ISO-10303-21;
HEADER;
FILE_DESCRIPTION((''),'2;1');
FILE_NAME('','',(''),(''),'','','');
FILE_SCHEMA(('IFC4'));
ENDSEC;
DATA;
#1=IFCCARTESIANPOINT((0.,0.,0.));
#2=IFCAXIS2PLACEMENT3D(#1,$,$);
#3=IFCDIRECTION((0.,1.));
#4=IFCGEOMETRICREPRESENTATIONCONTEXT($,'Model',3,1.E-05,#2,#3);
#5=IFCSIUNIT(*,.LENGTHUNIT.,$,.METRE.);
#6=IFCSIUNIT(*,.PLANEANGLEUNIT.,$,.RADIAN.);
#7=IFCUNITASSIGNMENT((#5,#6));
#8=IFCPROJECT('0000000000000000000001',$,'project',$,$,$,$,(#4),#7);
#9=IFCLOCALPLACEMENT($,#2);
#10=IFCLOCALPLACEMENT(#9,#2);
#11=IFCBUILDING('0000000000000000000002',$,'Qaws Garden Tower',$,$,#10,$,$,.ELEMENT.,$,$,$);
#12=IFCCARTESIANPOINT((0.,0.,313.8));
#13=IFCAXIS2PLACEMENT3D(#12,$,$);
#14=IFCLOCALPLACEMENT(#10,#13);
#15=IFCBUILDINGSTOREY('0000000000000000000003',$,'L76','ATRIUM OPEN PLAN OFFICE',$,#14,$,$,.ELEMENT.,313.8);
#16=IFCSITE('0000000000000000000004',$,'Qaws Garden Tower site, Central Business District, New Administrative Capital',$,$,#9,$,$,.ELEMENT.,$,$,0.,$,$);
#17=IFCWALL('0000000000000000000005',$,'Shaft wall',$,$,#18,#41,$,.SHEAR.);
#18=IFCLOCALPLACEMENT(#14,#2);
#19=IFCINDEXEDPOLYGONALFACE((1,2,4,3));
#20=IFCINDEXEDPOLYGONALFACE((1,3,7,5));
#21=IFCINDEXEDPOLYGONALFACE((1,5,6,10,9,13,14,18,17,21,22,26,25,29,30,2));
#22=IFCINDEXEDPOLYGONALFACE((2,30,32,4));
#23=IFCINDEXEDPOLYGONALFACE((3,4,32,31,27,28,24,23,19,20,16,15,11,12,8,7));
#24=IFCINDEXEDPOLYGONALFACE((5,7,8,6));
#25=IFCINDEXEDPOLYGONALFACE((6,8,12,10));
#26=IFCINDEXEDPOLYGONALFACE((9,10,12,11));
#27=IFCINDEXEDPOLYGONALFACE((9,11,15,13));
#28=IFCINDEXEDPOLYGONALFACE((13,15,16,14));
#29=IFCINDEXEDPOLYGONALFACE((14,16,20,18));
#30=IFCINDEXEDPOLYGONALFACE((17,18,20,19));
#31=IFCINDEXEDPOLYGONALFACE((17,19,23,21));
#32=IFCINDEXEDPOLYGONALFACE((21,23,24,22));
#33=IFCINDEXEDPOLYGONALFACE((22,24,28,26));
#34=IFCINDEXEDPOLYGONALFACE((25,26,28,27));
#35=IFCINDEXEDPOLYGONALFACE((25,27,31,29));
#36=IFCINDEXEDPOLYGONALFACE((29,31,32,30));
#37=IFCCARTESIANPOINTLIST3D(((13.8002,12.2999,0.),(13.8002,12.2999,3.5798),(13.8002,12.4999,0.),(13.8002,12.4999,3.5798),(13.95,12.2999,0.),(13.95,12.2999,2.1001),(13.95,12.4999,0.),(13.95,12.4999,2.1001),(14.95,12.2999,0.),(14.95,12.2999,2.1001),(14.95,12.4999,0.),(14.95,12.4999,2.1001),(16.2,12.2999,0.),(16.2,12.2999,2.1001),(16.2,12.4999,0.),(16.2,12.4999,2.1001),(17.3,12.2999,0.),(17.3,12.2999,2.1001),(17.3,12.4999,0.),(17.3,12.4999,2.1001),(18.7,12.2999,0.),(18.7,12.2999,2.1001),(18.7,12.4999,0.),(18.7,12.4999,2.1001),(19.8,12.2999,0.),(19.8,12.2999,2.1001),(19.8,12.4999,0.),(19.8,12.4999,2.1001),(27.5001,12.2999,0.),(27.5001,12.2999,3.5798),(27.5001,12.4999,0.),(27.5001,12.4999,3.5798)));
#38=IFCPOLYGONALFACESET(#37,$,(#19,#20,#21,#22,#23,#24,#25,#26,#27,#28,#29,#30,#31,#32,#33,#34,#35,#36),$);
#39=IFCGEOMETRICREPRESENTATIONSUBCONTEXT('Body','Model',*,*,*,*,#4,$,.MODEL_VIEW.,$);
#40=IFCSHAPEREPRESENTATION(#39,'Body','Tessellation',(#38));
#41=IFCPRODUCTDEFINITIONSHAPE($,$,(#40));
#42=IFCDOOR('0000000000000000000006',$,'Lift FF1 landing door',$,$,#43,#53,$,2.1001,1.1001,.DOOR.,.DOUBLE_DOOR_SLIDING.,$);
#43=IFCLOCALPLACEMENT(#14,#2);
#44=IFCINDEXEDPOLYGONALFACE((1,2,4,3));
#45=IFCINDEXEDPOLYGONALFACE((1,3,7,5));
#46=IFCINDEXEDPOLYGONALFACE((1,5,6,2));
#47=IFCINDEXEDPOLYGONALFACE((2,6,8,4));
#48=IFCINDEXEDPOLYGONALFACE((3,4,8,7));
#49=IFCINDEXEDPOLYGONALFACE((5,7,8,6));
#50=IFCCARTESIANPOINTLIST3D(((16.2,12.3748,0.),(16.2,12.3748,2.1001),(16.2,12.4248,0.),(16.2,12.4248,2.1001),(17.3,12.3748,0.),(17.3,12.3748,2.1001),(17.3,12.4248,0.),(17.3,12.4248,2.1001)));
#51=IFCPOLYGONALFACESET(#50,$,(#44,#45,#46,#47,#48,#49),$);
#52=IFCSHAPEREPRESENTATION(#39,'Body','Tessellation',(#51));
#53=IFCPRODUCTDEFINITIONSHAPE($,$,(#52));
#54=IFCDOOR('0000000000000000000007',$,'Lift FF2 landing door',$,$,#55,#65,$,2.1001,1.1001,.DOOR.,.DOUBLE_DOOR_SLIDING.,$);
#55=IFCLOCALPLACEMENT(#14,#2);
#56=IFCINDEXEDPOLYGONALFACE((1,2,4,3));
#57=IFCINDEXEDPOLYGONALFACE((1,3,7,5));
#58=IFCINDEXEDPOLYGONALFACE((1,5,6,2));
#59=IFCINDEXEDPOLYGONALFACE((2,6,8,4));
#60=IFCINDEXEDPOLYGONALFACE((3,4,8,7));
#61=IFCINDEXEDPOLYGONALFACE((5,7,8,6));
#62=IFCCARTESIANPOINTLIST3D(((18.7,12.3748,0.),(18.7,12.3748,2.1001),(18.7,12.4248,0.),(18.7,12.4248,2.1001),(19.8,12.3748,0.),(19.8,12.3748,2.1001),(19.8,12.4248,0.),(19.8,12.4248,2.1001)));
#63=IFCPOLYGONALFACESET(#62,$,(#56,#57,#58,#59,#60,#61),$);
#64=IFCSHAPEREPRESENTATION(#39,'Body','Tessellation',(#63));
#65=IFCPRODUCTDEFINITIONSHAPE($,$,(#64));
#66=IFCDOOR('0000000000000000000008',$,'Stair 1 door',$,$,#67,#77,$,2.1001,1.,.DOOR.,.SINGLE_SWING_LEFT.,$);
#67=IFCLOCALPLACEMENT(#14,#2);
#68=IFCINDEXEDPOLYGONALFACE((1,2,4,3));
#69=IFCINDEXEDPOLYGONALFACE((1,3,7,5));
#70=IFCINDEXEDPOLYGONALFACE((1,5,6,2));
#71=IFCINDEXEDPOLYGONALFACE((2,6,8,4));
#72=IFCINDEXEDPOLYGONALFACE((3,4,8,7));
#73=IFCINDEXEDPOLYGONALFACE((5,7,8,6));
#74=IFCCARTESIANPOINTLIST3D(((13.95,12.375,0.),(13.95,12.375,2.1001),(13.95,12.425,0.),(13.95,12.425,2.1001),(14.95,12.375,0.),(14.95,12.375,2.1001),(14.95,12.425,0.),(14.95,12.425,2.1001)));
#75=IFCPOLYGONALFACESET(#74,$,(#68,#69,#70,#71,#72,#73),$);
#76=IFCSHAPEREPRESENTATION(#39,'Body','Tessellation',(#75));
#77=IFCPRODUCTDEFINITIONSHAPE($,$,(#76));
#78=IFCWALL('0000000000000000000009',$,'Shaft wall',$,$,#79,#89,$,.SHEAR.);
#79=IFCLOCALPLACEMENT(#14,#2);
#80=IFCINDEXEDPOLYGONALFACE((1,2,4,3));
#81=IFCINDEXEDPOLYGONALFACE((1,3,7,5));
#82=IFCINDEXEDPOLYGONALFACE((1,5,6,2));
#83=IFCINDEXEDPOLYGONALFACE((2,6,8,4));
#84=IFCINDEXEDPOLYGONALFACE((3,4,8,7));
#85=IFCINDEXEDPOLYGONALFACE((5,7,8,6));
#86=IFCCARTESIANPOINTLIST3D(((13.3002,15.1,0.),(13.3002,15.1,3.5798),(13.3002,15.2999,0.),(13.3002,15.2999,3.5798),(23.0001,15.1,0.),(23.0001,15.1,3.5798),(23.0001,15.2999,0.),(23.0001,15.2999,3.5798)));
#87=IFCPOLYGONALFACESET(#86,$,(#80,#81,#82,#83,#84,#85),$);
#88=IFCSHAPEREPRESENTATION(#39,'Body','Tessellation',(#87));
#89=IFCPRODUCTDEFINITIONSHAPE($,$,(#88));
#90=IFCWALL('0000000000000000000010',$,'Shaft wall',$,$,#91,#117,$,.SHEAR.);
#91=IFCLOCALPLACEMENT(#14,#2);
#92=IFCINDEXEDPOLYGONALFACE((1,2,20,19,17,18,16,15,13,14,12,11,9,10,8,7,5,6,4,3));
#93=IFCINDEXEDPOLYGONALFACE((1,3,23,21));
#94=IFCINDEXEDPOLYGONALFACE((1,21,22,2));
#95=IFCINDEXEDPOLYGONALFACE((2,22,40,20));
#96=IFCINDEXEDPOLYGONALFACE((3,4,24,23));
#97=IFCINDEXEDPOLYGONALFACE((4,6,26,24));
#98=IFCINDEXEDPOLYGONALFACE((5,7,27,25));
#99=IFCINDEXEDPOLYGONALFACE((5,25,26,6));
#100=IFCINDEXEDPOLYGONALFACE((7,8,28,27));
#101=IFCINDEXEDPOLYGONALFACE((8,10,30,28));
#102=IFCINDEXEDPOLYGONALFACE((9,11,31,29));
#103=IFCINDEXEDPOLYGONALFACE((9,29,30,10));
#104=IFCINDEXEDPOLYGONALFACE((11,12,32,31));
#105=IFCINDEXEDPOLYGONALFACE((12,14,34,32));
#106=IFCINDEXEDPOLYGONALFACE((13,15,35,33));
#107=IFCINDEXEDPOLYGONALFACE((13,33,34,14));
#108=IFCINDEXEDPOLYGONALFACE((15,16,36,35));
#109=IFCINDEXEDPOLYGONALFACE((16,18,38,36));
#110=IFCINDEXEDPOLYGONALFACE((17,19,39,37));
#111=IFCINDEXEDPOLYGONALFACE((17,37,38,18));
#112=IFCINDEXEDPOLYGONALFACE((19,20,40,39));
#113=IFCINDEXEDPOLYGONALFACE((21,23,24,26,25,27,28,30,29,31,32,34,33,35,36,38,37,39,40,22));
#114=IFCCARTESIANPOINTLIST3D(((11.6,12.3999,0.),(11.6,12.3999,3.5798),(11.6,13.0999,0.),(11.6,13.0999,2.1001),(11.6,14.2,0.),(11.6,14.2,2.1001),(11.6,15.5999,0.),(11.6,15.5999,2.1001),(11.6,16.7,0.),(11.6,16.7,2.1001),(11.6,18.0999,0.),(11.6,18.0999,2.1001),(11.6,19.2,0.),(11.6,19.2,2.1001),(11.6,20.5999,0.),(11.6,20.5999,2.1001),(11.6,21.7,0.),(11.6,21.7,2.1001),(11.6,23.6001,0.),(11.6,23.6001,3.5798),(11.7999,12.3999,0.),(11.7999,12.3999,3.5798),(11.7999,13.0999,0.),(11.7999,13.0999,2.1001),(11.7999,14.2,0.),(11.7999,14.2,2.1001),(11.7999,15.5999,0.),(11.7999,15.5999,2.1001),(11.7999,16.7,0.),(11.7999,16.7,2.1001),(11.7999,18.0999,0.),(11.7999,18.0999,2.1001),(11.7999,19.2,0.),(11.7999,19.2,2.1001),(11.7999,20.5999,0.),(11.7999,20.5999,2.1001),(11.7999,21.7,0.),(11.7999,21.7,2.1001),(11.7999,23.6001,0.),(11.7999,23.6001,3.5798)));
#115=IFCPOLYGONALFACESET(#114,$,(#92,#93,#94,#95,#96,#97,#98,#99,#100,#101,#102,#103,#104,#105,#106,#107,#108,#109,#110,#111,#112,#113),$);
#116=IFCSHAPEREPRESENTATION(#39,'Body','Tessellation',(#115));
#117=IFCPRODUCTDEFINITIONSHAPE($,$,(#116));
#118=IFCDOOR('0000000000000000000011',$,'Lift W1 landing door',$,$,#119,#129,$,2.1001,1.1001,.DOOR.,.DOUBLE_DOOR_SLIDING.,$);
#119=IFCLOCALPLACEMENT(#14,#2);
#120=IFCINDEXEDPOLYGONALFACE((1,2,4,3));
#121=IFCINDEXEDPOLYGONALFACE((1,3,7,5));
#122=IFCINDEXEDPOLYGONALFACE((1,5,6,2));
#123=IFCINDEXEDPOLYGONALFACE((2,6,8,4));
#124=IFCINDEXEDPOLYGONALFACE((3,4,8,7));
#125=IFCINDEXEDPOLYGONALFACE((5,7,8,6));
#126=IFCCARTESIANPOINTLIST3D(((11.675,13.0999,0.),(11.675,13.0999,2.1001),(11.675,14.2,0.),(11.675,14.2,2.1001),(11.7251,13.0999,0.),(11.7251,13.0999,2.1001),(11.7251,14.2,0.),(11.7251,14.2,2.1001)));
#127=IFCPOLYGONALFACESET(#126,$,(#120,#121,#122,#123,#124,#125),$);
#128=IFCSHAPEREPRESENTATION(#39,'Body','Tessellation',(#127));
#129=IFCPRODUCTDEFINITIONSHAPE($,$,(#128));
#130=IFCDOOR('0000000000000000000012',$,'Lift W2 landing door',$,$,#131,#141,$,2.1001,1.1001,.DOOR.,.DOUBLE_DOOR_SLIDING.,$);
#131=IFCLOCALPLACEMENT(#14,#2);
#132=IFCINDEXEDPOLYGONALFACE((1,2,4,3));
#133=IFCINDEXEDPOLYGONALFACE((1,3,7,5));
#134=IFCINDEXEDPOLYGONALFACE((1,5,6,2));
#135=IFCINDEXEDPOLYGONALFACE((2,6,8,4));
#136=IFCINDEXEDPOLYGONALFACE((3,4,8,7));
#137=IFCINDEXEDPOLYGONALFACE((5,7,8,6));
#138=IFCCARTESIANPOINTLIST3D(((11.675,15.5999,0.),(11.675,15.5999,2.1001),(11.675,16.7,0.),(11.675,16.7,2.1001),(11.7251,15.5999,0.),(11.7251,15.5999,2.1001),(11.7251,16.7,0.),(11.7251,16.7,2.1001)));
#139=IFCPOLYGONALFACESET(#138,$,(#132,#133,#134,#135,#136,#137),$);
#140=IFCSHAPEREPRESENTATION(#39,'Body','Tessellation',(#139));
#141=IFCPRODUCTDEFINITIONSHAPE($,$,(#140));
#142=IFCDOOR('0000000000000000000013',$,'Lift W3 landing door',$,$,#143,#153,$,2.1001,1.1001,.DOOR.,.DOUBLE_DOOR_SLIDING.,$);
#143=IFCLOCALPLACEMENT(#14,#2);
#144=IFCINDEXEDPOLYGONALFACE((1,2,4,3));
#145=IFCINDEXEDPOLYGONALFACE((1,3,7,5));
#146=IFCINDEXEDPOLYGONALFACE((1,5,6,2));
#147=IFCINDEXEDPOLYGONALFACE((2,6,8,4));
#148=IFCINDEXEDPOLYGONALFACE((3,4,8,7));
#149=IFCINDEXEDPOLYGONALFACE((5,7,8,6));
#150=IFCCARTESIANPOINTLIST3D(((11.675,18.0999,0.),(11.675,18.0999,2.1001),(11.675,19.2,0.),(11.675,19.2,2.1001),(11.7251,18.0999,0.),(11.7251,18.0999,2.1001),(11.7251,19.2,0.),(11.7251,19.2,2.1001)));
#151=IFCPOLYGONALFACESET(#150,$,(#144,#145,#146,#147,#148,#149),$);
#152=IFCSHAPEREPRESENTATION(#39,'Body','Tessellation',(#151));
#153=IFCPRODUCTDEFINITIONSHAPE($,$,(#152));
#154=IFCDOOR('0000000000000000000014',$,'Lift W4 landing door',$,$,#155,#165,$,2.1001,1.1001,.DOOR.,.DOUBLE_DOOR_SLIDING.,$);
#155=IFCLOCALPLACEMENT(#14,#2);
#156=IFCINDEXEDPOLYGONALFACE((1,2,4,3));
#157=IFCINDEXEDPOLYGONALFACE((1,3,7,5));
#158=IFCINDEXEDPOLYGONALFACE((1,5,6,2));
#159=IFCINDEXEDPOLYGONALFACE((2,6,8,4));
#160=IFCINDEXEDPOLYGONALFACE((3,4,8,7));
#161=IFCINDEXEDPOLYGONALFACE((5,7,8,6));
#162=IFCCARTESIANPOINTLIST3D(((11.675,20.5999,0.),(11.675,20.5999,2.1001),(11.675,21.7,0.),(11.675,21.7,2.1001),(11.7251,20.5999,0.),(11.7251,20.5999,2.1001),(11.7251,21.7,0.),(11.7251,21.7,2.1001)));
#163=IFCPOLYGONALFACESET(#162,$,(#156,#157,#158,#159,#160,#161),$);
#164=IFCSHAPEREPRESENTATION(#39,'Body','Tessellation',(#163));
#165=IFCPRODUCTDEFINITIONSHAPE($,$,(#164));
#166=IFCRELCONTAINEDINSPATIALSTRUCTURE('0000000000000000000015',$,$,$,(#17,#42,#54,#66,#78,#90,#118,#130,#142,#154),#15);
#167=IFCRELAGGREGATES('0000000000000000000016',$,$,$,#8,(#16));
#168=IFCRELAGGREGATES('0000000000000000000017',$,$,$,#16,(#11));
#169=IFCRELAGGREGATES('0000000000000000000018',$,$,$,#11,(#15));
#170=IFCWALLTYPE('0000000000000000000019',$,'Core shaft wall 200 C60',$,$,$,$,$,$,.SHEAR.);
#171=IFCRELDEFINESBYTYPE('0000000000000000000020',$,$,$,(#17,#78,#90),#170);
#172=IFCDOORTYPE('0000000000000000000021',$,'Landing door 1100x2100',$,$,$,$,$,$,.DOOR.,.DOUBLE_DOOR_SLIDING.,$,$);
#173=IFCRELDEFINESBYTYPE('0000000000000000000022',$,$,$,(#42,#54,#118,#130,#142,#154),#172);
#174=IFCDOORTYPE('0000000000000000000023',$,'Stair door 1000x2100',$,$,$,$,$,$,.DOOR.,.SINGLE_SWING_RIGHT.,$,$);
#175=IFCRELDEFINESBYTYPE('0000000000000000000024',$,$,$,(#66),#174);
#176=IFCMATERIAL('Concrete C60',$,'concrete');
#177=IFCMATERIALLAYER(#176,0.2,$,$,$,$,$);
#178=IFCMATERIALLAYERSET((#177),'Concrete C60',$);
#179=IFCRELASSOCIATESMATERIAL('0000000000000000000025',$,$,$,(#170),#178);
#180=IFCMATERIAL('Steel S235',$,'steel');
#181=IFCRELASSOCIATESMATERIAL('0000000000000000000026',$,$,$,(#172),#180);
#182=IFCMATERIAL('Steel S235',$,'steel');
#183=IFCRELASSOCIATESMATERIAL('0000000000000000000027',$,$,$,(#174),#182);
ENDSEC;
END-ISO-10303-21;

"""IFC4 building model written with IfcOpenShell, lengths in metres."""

from ifc_helpers import new_model, si_unit, direction, frame, frame_2d, origin, place, context, subcontext, project, spatial, rectangle, extrude, material, layer, layer_set, type_object, element, fill, save


model = new_model("IFC4")

# Units and contexts
model_context = context("Model", 3, precision=1e-05, world=origin(), true_north=direction((0.0, 1.0)))
body_context = subcontext(model_context, "Body", "Model", "MODEL_VIEW")
ifc_project = project(units=[si_unit("LENGTHUNIT", "METRE"), si_unit("PLANEANGLEUNIT", "RADIAN")], contexts=[model_context])

# Site, building, storey
site_placement = place(None, origin())
site = spatial("IfcSite", under=ifc_project, at=site_placement, Name="Qaws Garden Tower site, Central Business District, New Administrative Capital", CompositionType="ELEMENT", RefElevation=0.0)
building_placement = place(site_placement, origin())
building = spatial("IfcBuilding", under=site, at=building_placement, Name="Qaws Garden Tower", CompositionType="ELEMENT")
storey_placement = place(building_placement, frame((0.0, 0.0, 313.8)))
storey = spatial("IfcBuildingStorey", under=building, at=storey_placement, Name="L76", Description="ATRIUM OPEN PLAN OFFICE", CompositionType="ELEMENT", Elevation=313.8)

# Wall, openings, doors
ifc_material_1 = material(Name="Concrete C60", Category="concrete")
ifc_layer_1 = layer(ifc_material_1, 0.2)
ifc_layer_set_1 = layer_set([ifc_layer_1], Name="Concrete C60")
wall_type_1 = type_object("IfcWallType", Name="Core shaft wall 200 C60", PredefinedType="SHEAR", material=ifc_layer_set_1)
wall_1_placement = place(storey_placement, frame((13.8, 12.3999, 0.0), z_axis=(0.0, 0.0, 1.0), x_axis=(1.0, 0.0, 0.0)))
wall_1 = element("IfcWall", 1, at=wall_1_placement, inside=storey, type_object=wall_type_1, Name="Shaft wall", PredefinedType="SHEAR", context=body_context, shape_type="SweptSolid", body=[
    extrude(rectangle(XDim=13.7, YDim=0.2, at=frame_2d((6.8501, 0.0))), origin(), (0.0, 0.0, 1.0), 3.5798),
])
opening_1_placement = place(wall_1_placement, frame((2.3999, 0.0, 0.0)))
opening_1 = element("IfcOpeningElement", 2, at=opening_1_placement, cuts=wall_1, PredefinedType="OPENING", context=body_context, shape_type="SweptSolid", body=[
    extrude(rectangle(XDim=1.1001, YDim=2.1001, at=frame_2d((0.55, 1.05))), frame((0.0, 0.1099, 0.0), z_axis=(0.0, -1.0, 0.0), x_axis=(1.0, 0.0, 0.0)), (0.0, 0.0, 1.0), 0.22),
])
opening_2_placement = place(wall_1_placement, frame((4.8999, 0.0, 0.0)))
opening_2 = element("IfcOpeningElement", 3, at=opening_2_placement, cuts=wall_1, PredefinedType="OPENING", context=body_context, shape_type="SweptSolid", body=[
    extrude(rectangle(XDim=1.1001, YDim=2.1001, at=frame_2d((0.55, 1.05))), frame((0.0, 0.1099, 0.0), z_axis=(0.0, -1.0, 0.0), x_axis=(1.0, 0.0, 0.0)), (0.0, 0.0, 1.0), 0.22),
])
opening_3_placement = place(wall_1_placement, frame((0.1499, 0.0, 0.0)))
opening_3 = element("IfcOpeningElement", 4, at=opening_3_placement, cuts=wall_1, PredefinedType="OPENING", context=body_context, shape_type="SweptSolid", body=[
    extrude(rectangle(XDim=1.0, YDim=2.1001, at=frame_2d((0.5, 1.05))), frame((0.0, 0.1099, 0.0), z_axis=(0.0, -1.0, 0.0), x_axis=(1.0, 0.0, 0.0)), (0.0, 0.0, 1.0), 0.22),
])
ifc_material_2 = material(Name="Steel S235", Category="steel")
door_type_1 = type_object("IfcDoorType", Name="Landing door 1100x2100", OperationType="DOUBLE_DOOR_SLIDING", PredefinedType="DOOR", material=ifc_material_2)
door_1_placement = place(opening_1_placement, origin())
door_1 = element("IfcDoor", 5, at=door_1_placement, inside=storey, type_object=door_type_1, Name="Lift FF1 landing door", OperationType="DOUBLE_DOOR_SLIDING", OverallHeight=2.1001, OverallWidth=1.1001, PredefinedType="DOOR", context=body_context, shape_type="SweptSolid", body=[
    extrude(rectangle(XDim=1.1001, YDim=2.1001, at=frame_2d((0.55, 1.05))), frame((0.0, 0.0249, 0.0), z_axis=(0.0, -1.0, 0.0), x_axis=(1.0, 0.0, 0.0)), (0.0, 0.0, 1.0), 0.05),
])
fill(opening_1, door_1)
door_2_placement = place(opening_2_placement, origin())
door_2 = element("IfcDoor", 6, at=door_2_placement, inside=storey, type_object=door_type_1, Name="Lift FF2 landing door", OperationType="DOUBLE_DOOR_SLIDING", OverallHeight=2.1001, OverallWidth=1.1001, PredefinedType="DOOR", context=body_context, shape_type="SweptSolid", body=[
    extrude(rectangle(XDim=1.1001, YDim=2.1001, at=frame_2d((0.55, 1.05))), frame((0.0, 0.0249, 0.0), z_axis=(0.0, -1.0, 0.0), x_axis=(1.0, 0.0, 0.0)), (0.0, 0.0, 1.0), 0.05),
])
fill(opening_2, door_2)
ifc_material_3 = material(Name="Steel S235", Category="steel")
door_type_2 = type_object("IfcDoorType", Name="Stair door 1000x2100", OperationType="SINGLE_SWING_RIGHT", PredefinedType="DOOR", material=ifc_material_3)
door_3_placement = place(opening_3_placement, frame((1.0, 0.0, 0.0), z_axis=(0.0, 0.0, 1.0), x_axis=(-1.0, 0.0, 0.0)))
door_3 = element("IfcDoor", 7, at=door_3_placement, inside=storey, type_object=door_type_2, Name="Stair 1 door", OperationType="SINGLE_SWING_LEFT", OverallHeight=2.1001, OverallWidth=1.0, PredefinedType="DOOR", context=body_context, shape_type="SweptSolid", body=[
    extrude(rectangle(XDim=1.0, YDim=2.1001, at=frame_2d((0.5, 1.05))), frame((0.0, 0.0249, 0.0), z_axis=(0.0, -1.0, 0.0), x_axis=(1.0, 0.0, 0.0)), (0.0, 0.0, 1.0), 0.05),
])
fill(opening_3, door_3)

# Wall
wall_2_placement = place(storey_placement, frame((13.3, 15.2, 0.0), z_axis=(0.0, 0.0, 1.0), x_axis=(1.0, 0.0, 0.0)))
element("IfcWall", 8, at=wall_2_placement, inside=storey, type_object=wall_type_1, Name="Shaft wall", PredefinedType="SHEAR", context=body_context, shape_type="SweptSolid", body=[
    extrude(rectangle(XDim=9.7, YDim=0.2, at=frame_2d((4.8501, 0.0))), origin(), (0.0, 0.0, 1.0), 3.5798),
])

# Wall, openings, doors
wall_3_placement = place(storey_placement, frame((11.7, 12.3999, 0.0), z_axis=(0.0, 0.0, 1.0), x_axis=(0.0, 1.0, 0.0)))
wall_3 = element("IfcWall", 9, at=wall_3_placement, inside=storey, type_object=wall_type_1, Name="Shaft wall", PredefinedType="SHEAR", context=body_context, shape_type="SweptSolid", body=[
    extrude(rectangle(XDim=11.2002, YDim=0.2, at=frame_2d((5.6001, 0.0))), origin(), (0.0, 0.0, 1.0), 3.5798),
])
opening_4_placement = place(wall_3_placement, frame((0.7, 0.0, 0.0)))
opening_4 = element("IfcOpeningElement", 10, at=opening_4_placement, cuts=wall_3, PredefinedType="OPENING", context=body_context, shape_type="SweptSolid", body=[
    extrude(rectangle(XDim=1.1001, YDim=2.1001, at=frame_2d((0.55, 1.05))), frame((0.0, 0.1099, 0.0), z_axis=(0.0, -1.0, 0.0), x_axis=(1.0, 0.0, 0.0)), (0.0, 0.0, 1.0), 0.22),
])
opening_5_placement = place(wall_3_placement, frame((3.2, 0.0, 0.0)))
opening_5 = element("IfcOpeningElement", 11, at=opening_5_placement, cuts=wall_3, PredefinedType="OPENING", context=body_context, shape_type="SweptSolid", body=[
    extrude(rectangle(XDim=1.1001, YDim=2.1001, at=frame_2d((0.55, 1.05))), frame((0.0, 0.1099, 0.0), z_axis=(0.0, -1.0, 0.0), x_axis=(1.0, 0.0, 0.0)), (0.0, 0.0, 1.0), 0.22),
])
opening_6_placement = place(wall_3_placement, frame((5.7, 0.0, 0.0)))
opening_6 = element("IfcOpeningElement", 12, at=opening_6_placement, cuts=wall_3, PredefinedType="OPENING", context=body_context, shape_type="SweptSolid", body=[
    extrude(rectangle(XDim=1.1001, YDim=2.1001, at=frame_2d((0.55, 1.05))), frame((0.0, 0.1099, 0.0), z_axis=(0.0, -1.0, 0.0), x_axis=(1.0, 0.0, 0.0)), (0.0, 0.0, 1.0), 0.22),
])
opening_7_placement = place(wall_3_placement, frame((8.2, 0.0, 0.0)))
opening_7 = element("IfcOpeningElement", 13, at=opening_7_placement, cuts=wall_3, PredefinedType="OPENING", context=body_context, shape_type="SweptSolid", body=[
    extrude(rectangle(XDim=1.1001, YDim=2.1001, at=frame_2d((0.55, 1.05))), frame((0.0, 0.1099, 0.0), z_axis=(0.0, -1.0, 0.0), x_axis=(1.0, 0.0, 0.0)), (0.0, 0.0, 1.0), 0.22),
])
door_4_placement = place(opening_4_placement, origin())
door_4 = element("IfcDoor", 14, at=door_4_placement, inside=storey, type_object=door_type_1, Name="Lift W1 landing door", OperationType="DOUBLE_DOOR_SLIDING", OverallHeight=2.1001, OverallWidth=1.1001, PredefinedType="DOOR", context=body_context, shape_type="SweptSolid", body=[
    extrude(rectangle(XDim=1.1001, YDim=2.1001, at=frame_2d((0.55, 1.05))), frame((0.0, 0.0249, 0.0), z_axis=(0.0, -1.0, 0.0), x_axis=(1.0, 0.0, 0.0)), (0.0, 0.0, 1.0), 0.05),
])
fill(opening_4, door_4)
door_5_placement = place(opening_5_placement, origin())
door_5 = element("IfcDoor", 15, at=door_5_placement, inside=storey, type_object=door_type_1, Name="Lift W2 landing door", OperationType="DOUBLE_DOOR_SLIDING", OverallHeight=2.1001, OverallWidth=1.1001, PredefinedType="DOOR", context=body_context, shape_type="SweptSolid", body=[
    extrude(rectangle(XDim=1.1001, YDim=2.1001, at=frame_2d((0.55, 1.05))), frame((0.0, 0.0249, 0.0), z_axis=(0.0, -1.0, 0.0), x_axis=(1.0, 0.0, 0.0)), (0.0, 0.0, 1.0), 0.05),
])
fill(opening_5, door_5)
door_6_placement = place(opening_6_placement, origin())
door_6 = element("IfcDoor", 16, at=door_6_placement, inside=storey, type_object=door_type_1, Name="Lift W3 landing door", OperationType="DOUBLE_DOOR_SLIDING", OverallHeight=2.1001, OverallWidth=1.1001, PredefinedType="DOOR", context=body_context, shape_type="SweptSolid", body=[
    extrude(rectangle(XDim=1.1001, YDim=2.1001, at=frame_2d((0.55, 1.05))), frame((0.0, 0.0249, 0.0), z_axis=(0.0, -1.0, 0.0), x_axis=(1.0, 0.0, 0.0)), (0.0, 0.0, 1.0), 0.05),
])
fill(opening_6, door_6)
door_7_placement = place(opening_7_placement, origin())
door_7 = element("IfcDoor", 17, at=door_7_placement, inside=storey, type_object=door_type_1, Name="Lift W4 landing door", OperationType="DOUBLE_DOOR_SLIDING", OverallHeight=2.1001, OverallWidth=1.1001, PredefinedType="DOOR", context=body_context, shape_type="SweptSolid", body=[
    extrude(rectangle(XDim=1.1001, YDim=2.1001, at=frame_2d((0.55, 1.05))), frame((0.0, 0.0249, 0.0), z_axis=(0.0, -1.0, 0.0), x_axis=(1.0, 0.0, 0.0)), (0.0, 0.0, 1.0), 0.05),
])
fill(opening_7, door_7)

save(model, "model.ifc")
